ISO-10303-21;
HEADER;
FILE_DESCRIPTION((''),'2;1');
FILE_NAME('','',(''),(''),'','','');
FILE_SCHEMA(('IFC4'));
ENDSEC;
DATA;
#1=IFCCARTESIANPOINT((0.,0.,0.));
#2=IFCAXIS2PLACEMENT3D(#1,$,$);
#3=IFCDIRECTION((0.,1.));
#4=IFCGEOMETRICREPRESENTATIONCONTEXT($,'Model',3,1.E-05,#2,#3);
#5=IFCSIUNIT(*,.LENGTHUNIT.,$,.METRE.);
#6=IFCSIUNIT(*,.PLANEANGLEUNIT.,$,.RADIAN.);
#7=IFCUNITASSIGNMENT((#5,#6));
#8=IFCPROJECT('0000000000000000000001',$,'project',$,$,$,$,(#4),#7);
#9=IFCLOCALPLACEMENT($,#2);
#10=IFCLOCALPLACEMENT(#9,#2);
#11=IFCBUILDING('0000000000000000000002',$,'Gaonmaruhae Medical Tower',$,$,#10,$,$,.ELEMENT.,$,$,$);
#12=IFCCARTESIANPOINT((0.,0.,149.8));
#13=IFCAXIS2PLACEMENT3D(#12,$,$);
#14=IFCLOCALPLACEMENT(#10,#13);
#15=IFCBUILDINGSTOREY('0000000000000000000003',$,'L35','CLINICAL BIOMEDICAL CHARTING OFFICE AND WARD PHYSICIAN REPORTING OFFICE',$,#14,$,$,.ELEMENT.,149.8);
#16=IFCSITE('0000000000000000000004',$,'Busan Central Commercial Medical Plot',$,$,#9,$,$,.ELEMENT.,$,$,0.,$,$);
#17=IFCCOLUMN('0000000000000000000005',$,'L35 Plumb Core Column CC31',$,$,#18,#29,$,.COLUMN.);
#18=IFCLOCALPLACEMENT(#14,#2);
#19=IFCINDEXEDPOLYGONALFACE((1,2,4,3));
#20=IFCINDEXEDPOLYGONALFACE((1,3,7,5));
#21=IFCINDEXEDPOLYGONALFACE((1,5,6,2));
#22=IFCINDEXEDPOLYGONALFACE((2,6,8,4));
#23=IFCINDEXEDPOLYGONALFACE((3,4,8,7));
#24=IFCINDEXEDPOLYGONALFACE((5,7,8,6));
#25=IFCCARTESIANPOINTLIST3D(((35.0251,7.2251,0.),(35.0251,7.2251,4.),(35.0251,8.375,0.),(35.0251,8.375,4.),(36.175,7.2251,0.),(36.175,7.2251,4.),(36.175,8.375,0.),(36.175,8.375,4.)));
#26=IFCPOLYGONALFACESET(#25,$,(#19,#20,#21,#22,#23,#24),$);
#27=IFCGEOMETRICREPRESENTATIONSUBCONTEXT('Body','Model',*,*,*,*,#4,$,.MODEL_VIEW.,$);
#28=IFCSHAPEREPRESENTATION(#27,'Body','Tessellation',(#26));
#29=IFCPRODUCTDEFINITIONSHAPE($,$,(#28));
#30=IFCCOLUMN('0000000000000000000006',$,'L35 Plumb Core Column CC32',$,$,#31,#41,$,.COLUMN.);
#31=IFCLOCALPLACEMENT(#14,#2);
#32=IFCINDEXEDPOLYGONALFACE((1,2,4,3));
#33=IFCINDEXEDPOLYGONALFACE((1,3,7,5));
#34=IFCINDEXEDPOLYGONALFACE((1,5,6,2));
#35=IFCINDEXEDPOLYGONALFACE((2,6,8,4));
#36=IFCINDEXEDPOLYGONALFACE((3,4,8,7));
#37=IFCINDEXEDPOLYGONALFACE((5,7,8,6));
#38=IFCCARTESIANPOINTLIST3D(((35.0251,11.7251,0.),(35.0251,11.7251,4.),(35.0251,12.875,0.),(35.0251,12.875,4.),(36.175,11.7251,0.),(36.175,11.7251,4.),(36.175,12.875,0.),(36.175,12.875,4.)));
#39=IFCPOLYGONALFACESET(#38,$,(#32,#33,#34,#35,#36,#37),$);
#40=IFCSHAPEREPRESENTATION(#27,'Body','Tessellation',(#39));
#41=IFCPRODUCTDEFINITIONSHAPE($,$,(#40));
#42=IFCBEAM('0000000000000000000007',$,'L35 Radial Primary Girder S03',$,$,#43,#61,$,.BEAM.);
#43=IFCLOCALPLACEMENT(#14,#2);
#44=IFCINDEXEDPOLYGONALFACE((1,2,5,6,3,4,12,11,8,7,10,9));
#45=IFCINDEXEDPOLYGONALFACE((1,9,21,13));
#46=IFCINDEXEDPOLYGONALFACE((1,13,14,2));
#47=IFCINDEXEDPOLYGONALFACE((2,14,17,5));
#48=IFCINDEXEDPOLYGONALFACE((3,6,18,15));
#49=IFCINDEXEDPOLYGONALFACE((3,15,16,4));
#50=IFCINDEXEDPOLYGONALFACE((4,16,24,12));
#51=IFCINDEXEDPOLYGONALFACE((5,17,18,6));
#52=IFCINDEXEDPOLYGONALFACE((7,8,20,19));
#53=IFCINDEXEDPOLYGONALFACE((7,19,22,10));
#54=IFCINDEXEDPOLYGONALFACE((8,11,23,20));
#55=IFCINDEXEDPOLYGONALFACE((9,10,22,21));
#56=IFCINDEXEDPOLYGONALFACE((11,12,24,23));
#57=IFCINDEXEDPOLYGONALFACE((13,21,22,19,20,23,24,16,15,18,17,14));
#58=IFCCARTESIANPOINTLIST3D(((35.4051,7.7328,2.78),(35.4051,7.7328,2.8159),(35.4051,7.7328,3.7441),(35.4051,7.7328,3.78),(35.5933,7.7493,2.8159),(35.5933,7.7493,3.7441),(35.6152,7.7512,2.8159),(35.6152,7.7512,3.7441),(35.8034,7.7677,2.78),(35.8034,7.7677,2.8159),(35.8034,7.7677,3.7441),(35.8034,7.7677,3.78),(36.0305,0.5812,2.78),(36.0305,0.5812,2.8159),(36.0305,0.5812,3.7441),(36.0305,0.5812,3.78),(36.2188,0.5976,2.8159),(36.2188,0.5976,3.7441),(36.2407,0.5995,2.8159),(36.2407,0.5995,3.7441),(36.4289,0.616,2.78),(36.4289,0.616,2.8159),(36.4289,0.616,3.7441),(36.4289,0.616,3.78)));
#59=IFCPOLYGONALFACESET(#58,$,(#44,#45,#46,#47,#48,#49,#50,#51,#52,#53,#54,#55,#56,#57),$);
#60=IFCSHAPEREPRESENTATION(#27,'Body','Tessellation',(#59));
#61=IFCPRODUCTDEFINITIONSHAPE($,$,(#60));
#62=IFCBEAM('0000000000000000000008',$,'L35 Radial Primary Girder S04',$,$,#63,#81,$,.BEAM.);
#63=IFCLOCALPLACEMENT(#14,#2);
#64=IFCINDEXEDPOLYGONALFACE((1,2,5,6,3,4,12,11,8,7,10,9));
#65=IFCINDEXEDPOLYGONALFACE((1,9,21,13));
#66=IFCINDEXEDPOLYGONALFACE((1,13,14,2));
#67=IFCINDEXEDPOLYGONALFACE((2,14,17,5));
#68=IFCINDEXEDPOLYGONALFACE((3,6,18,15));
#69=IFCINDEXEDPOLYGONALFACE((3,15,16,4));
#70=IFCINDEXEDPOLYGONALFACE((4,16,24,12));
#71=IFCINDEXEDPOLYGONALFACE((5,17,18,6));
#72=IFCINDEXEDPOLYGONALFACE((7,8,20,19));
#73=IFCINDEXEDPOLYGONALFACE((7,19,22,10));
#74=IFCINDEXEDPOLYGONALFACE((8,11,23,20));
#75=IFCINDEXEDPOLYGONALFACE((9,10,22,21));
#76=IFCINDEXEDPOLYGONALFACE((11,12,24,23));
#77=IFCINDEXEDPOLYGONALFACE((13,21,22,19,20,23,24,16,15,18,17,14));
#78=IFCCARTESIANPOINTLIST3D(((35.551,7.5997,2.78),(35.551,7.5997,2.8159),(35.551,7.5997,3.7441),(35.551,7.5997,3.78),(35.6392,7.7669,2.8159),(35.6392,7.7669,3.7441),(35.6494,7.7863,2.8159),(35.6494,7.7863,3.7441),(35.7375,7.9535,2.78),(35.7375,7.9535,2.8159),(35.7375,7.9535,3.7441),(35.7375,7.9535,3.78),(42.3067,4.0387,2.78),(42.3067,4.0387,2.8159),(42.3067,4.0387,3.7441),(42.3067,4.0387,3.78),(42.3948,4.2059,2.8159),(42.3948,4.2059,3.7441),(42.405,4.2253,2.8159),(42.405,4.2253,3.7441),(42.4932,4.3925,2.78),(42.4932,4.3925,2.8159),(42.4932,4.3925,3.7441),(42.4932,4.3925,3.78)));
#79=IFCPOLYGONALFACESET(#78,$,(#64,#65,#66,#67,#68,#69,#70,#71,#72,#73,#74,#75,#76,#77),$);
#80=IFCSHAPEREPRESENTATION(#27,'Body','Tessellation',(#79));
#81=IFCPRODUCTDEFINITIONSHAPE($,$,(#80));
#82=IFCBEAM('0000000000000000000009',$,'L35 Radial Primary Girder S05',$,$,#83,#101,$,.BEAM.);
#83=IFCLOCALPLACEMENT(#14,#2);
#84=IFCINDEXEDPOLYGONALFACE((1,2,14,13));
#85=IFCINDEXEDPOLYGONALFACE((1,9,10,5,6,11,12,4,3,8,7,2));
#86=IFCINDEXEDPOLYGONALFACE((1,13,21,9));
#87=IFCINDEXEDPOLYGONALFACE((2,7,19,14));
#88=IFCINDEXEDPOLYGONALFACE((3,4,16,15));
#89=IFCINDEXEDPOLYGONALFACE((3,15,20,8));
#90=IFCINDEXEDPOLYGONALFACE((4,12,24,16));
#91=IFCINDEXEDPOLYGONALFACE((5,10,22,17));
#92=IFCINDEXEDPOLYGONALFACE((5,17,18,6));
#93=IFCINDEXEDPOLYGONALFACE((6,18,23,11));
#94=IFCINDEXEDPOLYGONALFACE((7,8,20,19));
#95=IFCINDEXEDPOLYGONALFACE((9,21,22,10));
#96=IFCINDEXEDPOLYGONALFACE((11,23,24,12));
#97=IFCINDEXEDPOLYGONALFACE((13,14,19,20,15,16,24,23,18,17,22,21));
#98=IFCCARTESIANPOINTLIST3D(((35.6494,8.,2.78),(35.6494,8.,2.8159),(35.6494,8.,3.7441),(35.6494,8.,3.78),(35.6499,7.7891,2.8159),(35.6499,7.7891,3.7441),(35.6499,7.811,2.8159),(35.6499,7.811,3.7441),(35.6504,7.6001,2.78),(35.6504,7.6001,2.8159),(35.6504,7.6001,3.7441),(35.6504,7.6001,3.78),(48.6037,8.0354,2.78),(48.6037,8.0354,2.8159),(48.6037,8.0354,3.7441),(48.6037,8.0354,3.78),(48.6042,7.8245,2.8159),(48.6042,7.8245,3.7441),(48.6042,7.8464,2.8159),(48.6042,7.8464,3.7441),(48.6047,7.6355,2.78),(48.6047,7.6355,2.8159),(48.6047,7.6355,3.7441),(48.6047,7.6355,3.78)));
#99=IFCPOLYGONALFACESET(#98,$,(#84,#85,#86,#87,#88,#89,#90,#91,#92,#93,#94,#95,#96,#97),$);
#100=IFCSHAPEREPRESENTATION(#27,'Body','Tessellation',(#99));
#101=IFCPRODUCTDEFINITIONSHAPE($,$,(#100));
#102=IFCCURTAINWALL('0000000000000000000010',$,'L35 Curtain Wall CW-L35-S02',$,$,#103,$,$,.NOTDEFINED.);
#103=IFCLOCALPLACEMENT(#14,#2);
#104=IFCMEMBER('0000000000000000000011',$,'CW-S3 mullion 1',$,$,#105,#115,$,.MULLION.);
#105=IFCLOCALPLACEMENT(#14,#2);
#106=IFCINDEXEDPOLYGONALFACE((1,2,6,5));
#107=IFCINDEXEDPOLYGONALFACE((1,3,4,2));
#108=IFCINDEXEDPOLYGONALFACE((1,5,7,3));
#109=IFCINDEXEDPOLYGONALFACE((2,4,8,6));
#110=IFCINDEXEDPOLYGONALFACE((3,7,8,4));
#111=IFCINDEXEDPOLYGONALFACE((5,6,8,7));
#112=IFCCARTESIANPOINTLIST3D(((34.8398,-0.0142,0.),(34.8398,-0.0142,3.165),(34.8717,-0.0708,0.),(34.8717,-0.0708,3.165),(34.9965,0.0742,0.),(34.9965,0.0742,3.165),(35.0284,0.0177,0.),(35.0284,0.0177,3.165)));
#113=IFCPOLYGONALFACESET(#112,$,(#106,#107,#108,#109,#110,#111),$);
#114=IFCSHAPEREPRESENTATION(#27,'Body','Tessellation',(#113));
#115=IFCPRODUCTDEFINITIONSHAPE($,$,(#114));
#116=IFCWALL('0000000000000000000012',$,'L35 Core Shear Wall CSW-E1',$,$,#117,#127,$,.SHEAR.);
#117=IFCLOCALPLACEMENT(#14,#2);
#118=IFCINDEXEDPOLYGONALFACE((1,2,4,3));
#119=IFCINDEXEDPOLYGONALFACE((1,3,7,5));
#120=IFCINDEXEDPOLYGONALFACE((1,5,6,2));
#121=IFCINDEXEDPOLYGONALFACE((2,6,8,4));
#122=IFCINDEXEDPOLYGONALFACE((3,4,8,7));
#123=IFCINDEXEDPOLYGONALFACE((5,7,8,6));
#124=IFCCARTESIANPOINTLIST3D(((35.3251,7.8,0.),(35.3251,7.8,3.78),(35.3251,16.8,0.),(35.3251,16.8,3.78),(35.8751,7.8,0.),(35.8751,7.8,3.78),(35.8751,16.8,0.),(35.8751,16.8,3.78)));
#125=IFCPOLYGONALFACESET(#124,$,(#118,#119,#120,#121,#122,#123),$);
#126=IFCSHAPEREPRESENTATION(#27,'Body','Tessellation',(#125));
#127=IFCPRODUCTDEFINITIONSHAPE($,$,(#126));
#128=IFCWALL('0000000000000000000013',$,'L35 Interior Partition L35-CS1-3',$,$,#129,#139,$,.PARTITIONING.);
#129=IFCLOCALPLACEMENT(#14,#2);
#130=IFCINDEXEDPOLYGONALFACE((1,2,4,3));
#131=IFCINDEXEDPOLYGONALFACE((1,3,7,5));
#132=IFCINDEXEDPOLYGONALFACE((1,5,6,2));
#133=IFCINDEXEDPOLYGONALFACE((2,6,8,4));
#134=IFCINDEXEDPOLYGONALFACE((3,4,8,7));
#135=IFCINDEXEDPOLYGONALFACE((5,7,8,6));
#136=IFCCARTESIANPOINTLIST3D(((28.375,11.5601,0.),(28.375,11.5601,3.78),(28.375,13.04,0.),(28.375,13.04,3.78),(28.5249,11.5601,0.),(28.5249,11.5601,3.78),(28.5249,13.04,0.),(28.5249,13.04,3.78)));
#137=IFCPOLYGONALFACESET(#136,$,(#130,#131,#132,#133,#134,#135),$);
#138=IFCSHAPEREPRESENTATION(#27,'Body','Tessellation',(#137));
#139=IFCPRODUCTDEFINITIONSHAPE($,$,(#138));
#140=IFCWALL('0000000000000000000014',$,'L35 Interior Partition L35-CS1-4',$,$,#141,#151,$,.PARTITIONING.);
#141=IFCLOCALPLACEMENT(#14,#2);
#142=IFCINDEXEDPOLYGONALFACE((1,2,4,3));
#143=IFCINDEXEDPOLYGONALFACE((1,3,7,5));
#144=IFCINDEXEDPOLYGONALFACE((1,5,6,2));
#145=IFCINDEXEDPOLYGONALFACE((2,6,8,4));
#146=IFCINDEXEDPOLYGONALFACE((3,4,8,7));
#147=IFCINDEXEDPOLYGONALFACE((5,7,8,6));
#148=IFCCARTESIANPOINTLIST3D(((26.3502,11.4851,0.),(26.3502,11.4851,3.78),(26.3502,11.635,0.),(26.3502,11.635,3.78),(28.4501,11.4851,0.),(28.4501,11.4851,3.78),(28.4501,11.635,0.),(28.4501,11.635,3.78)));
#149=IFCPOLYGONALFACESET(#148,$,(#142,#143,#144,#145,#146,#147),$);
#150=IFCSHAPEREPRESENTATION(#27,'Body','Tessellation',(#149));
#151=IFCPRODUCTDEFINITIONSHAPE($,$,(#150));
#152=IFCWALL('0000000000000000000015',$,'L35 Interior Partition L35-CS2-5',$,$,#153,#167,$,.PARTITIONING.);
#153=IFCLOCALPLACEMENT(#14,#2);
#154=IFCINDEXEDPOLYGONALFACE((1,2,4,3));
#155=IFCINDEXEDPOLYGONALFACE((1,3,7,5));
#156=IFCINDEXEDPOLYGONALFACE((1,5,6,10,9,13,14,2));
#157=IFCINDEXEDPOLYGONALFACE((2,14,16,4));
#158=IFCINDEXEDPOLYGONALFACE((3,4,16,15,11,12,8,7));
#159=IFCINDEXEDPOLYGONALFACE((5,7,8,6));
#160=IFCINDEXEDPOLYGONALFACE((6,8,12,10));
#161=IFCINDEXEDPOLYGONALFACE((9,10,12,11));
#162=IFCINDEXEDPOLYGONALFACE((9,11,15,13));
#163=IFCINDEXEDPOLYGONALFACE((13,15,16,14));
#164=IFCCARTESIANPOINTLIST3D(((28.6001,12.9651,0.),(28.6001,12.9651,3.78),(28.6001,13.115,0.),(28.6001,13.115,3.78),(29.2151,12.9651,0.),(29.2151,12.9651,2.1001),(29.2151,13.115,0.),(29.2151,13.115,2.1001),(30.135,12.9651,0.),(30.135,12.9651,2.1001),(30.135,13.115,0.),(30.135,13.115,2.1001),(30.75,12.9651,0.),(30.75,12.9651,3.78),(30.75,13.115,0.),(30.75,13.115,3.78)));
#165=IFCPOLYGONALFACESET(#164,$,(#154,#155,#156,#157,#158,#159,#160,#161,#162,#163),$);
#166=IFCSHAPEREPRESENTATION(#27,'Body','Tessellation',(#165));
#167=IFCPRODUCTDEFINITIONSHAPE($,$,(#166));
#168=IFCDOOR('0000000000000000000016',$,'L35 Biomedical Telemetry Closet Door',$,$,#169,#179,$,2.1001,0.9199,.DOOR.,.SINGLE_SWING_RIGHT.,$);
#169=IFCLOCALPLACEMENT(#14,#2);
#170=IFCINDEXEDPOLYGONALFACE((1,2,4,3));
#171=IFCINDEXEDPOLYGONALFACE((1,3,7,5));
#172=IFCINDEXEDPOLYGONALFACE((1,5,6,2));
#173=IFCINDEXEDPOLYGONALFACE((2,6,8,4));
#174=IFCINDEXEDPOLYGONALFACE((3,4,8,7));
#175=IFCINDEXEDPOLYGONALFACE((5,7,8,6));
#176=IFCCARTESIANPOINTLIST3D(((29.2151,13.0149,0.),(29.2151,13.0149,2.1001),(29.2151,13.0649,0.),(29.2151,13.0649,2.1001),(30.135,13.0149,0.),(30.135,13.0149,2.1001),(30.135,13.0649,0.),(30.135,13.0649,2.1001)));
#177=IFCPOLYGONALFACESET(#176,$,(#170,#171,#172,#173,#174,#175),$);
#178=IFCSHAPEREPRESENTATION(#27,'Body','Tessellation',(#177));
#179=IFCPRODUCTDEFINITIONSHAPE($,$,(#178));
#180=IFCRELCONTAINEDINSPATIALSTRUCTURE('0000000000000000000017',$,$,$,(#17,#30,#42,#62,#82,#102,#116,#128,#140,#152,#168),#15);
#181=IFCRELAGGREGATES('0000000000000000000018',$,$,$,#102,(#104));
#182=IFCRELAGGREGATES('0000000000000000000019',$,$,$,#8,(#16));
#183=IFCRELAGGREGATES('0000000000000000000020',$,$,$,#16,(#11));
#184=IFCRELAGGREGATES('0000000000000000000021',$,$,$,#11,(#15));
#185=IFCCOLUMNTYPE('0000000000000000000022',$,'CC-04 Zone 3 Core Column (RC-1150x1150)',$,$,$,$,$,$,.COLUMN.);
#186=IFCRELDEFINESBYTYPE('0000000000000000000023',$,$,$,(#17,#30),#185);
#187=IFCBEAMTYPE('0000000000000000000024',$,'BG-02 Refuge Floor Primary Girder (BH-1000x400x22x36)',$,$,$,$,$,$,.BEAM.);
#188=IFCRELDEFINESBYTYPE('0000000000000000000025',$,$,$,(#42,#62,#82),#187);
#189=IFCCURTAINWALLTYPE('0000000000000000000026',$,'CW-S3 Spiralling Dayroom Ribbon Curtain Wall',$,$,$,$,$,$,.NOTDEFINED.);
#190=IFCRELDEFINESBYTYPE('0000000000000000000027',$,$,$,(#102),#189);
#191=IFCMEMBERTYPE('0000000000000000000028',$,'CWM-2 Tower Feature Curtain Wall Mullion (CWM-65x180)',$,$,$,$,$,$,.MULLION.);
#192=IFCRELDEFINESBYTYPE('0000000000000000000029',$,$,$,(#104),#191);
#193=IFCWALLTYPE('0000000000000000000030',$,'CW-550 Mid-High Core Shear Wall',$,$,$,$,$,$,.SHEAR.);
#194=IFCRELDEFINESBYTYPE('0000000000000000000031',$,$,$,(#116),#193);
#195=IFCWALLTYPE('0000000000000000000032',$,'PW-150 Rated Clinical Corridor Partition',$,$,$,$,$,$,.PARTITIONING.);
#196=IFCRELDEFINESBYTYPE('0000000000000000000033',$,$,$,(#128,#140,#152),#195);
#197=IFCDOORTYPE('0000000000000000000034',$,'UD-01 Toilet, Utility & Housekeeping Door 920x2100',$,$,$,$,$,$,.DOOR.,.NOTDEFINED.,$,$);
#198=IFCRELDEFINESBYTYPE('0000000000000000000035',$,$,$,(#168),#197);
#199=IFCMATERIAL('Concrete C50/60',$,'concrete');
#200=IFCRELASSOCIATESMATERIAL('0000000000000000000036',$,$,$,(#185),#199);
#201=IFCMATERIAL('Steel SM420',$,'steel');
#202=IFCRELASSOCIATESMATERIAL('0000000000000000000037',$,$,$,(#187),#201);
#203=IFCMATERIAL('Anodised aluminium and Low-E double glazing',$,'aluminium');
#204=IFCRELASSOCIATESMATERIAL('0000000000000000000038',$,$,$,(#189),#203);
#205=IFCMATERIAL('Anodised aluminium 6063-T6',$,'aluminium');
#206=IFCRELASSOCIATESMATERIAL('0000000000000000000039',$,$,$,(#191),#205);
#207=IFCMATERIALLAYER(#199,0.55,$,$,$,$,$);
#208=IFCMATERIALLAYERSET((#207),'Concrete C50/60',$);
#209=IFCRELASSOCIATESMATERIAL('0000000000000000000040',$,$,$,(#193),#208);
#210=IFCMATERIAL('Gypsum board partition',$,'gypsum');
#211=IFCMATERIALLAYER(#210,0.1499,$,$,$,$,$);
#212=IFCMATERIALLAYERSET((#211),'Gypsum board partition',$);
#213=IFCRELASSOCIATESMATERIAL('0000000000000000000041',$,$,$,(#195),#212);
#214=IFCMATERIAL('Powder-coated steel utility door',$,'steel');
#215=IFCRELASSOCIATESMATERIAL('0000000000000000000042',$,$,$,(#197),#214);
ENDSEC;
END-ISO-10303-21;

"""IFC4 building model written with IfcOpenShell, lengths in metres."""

from ifc_helpers import new_model, si_unit, direction, frame, frame_2d, origin, origin_2d, place, context, subcontext, project, spatial, rectangle, i_section, extrude, material, layer, layer_set, material_profile, profile_set, type_object, element, fill, aggregate, save


model = new_model("IFC4")

# Units and contexts
model_context = context("Model", 3, precision=1e-05, world=origin(), true_north=direction((0.0, 1.0)))
body_context = subcontext(model_context, "Body", "Model", "MODEL_VIEW")
ifc_project = project(units=[si_unit("LENGTHUNIT", "METRE"), si_unit("PLANEANGLEUNIT", "RADIAN")], contexts=[model_context])

# Site, building, storey
site_placement = place(None, origin())
site = spatial("IfcSite", under=ifc_project, at=site_placement, Name="Busan Central Commercial Medical Plot", CompositionType="ELEMENT", RefElevation=0.0)
building_placement = place(site_placement, origin())
building = spatial("IfcBuilding", under=site, at=building_placement, Name="Gaonmaruhae Medical Tower", CompositionType="ELEMENT")
storey_placement = place(building_placement, frame((0.0, 0.0, 149.8)))
storey = spatial("IfcBuildingStorey", under=building, at=storey_placement, Name="L35", Description="CLINICAL BIOMEDICAL CHARTING OFFICE AND WARD PHYSICIAN REPORTING OFFICE", CompositionType="ELEMENT", Elevation=149.8)

# Columns
ifc_material_1 = material(Name="Concrete C50/60", Category="concrete")
ifc_material_profile_1 = material_profile(ifc_material_1, rectangle(XDim=1.1499, YDim=1.1499, at=origin_2d()), Name="RC-1150x1150")
ifc_profile_set_1 = profile_set([ifc_material_profile_1], Name="Concrete C50/60")
column_type = type_object("IfcColumnType", Name="CC-04 Zone 3 Core Column (RC-1150x1150)", PredefinedType="COLUMN", material=ifc_profile_set_1)
for number, where, z_axis, x_axis, name in (
    (1, (35.6001, 7.8, 0.0), (0.0, 0.0, 1.0), (1.0, 0.0, 0.0), "L35 Plumb Core Column CC31"),
    (2, (35.6001, 12.3, 0.0), (0.0, 0.0, 1.0), (1.0, 0.0, 0.0), "L35 Plumb Core Column CC32"),
):
    element("IfcColumn", number, at=place(storey_placement, frame(where, z_axis=z_axis, x_axis=x_axis)), inside=storey, type_object=column_type, Name=name, PredefinedType="COLUMN", context=body_context, shape_type="SweptSolid", body=[
        extrude(rectangle(XDim=1.1499, YDim=1.1499, at=origin_2d()), origin(), (0.0, 0.0, 1.0), 4.0),
    ])

# Beams
ifc_material_2 = material(Name="Steel SM420", Category="steel")
ifc_material_profile_2 = material_profile(ifc_material_2, i_section(OverallWidth=0.3999, OverallDepth=1.0, WebThickness=0.022, FlangeThickness=0.0359, at=origin_2d()), Name="BH-1000x400x22x36")
ifc_profile_set_2 = profile_set([ifc_material_profile_2], Name="Steel SM420")
beam_type = type_object("IfcBeamType", Name="BG-02 Refuge Floor Primary Girder (BH-1000x400x22x36)", PredefinedType="BEAM", material=ifc_profile_set_2)
beam_1_placement = place(storey_placement, frame((35.6042, 7.7502, 3.28), z_axis=(0.087129, -0.996197, 0.0), x_axis=(0.996197, 0.087129, 0.0)))
element("IfcBeam", 3, at=beam_1_placement, inside=storey, type_object=beam_type, Name="L35 Radial Primary Girder S03", PredefinedType="BEAM", context=body_context, shape_type="SweptSolid", body=[
    extrude(i_section(OverallWidth=0.3999, OverallDepth=1.0, WebThickness=0.022, FlangeThickness=0.0359, at=origin_2d()), origin(), (0.0, 0.0, 1.0), 7.179),
])
beam_2_placement = place(storey_placement, frame((35.6443, 7.7766, 3.28), z_axis=(0.884624, -0.466305, 0.0), x_axis=(0.466305, 0.884624, 0.0)))
element("IfcBeam", 4, at=beam_2_placement, inside=storey, type_object=beam_type, Name="L35 Radial Primary Girder S04", PredefinedType="BEAM", context=body_context, shape_type="SweptSolid", body=[
    extrude(i_section(OverallWidth=0.3999, OverallDepth=1.0, WebThickness=0.022, FlangeThickness=0.0359, at=origin_2d()), origin(), (0.0, 0.0, 1.0), 7.6367),
])
beam_3_placement = place(storey_placement, frame((35.6499, 7.8, 3.28), z_axis=(0.999996, 0.002733, 0.0), x_axis=(-0.002733, 0.999996, 0.0)))
element("IfcBeam", 5, at=beam_3_placement, inside=storey, type_object=beam_type, Name="L35 Radial Primary Girder S05", PredefinedType="BEAM", context=body_context, shape_type="SweptSolid", body=[
    extrude(i_section(OverallWidth=0.3999, OverallDepth=1.0, WebThickness=0.022, FlangeThickness=0.0359, at=origin_2d()), origin(), (0.0, 0.0, 1.0), 12.9543),
])

# Curtain wall, member
ifc_material_3 = material(Name="Anodised aluminium and Low-E double glazing", Category="aluminium")
curtain_wall_type = type_object("IfcCurtainWallType", Name="CW-S3 Spiralling Dayroom Ribbon Curtain Wall", PredefinedType="NOTDEFINED", material=ifc_material_3)
curtain_wall_placement = place(storey_placement, origin())
curtain_wall = element("IfcCurtainWall", 6, at=curtain_wall_placement, inside=storey, type_object=curtain_wall_type, Name="L35 Curtain Wall CW-L35-S02", PredefinedType="NOTDEFINED")
ifc_material_4 = material(Name="Anodised aluminium 6063-T6", Category="aluminium")
ifc_material_profile_3 = material_profile(ifc_material_4, rectangle(XDim=0.0649, YDim=0.1799, at=origin_2d()), Name="CWM-65x180")
ifc_profile_set_3 = profile_set([ifc_material_profile_3], Name="Anodised aluminium 6063-T6")
member_type = type_object("IfcMemberType", Name="CWM-2 Tower Feature Curtain Wall Mullion (CWM-65x180)", PredefinedType="MULLION", material=ifc_profile_set_3)
member_placement = place(storey_placement, frame((34.9341, 0.0017, 0.0), z_axis=(0.0, 0.0, 1.0), x_axis=(0.491663, -0.870786, 0.0)))
member = element("IfcMember", 7, at=member_placement, type_object=member_type, Name="CW-S3 mullion 1", PredefinedType="MULLION", context=body_context, shape_type="SweptSolid", body=[
    extrude(rectangle(XDim=0.0649, YDim=0.1799, at=origin_2d()), origin(), (0.0, 0.0, 1.0), 3.165),
])
aggregate(curtain_wall, [member])

# Walls
ifc_layer_1 = layer(ifc_material_1, 0.55)
ifc_layer_set_1 = layer_set([ifc_layer_1], Name="Concrete C50/60")
wall_type_1 = type_object("IfcWallType", Name="CW-550 Mid-High Core Shear Wall", PredefinedType="SHEAR", material=ifc_layer_set_1)
wall_1_placement = place(storey_placement, frame((35.6001, 7.8, 0.0), z_axis=(0.0, 0.0, 1.0), x_axis=(0.0, 1.0, 0.0)))
element("IfcWall", 8, at=wall_1_placement, inside=storey, type_object=wall_type_1, Name="L35 Core Shear Wall CSW-E1", PredefinedType="SHEAR", context=body_context, shape_type="SweptSolid", body=[
    extrude(rectangle(XDim=9.0, YDim=0.55, at=frame_2d((4.5, 0.0))), origin(), (0.0, 0.0, 1.0), 3.78),
])
ifc_material_5 = material(Name="Gypsum board partition", Category="gypsum")
ifc_layer_2 = layer(ifc_material_5, 0.1499)
ifc_layer_set_2 = layer_set([ifc_layer_2], Name="Gypsum board partition")
wall_type_2 = type_object("IfcWallType", Name="PW-150 Rated Clinical Corridor Partition", PredefinedType="PARTITIONING", material=ifc_layer_set_2)
wall_2_placement = place(storey_placement, frame((28.45, 13.04, 0.0), z_axis=(0.0, 0.0, 1.0), x_axis=(0.0, -1.0, 0.0)))
element("IfcWall", 9, at=wall_2_placement, inside=storey, type_object=wall_type_2, Name="L35 Interior Partition L35-CS1-3", PredefinedType="PARTITIONING", context=body_context, shape_type="SweptSolid", body=[
    extrude(rectangle(XDim=1.48, YDim=0.1499, at=frame_2d((0.74, 0.0))), origin(), (0.0, 0.0, 1.0), 3.78),
])
wall_3_placement = place(storey_placement, frame((28.45, 11.5601, 0.0), z_axis=(0.0, 0.0, 1.0), x_axis=(-1.0, 0.0, 0.0)))
element("IfcWall", 10, at=wall_3_placement, inside=storey, type_object=wall_type_2, Name="L35 Interior Partition L35-CS1-4", PredefinedType="PARTITIONING", context=body_context, shape_type="SweptSolid", body=[
    extrude(rectangle(XDim=2.0999, YDim=0.1499, at=frame_2d((1.0498, 0.0))), origin(), (0.0, 0.0, 1.0), 3.78),
])

# Wall, opening, door
wall_4_placement = place(storey_placement, frame((28.6001, 13.04, 0.0), z_axis=(0.0, 0.0, 1.0), x_axis=(1.0, 0.0, 0.0)))
wall_4 = element("IfcWall", 11, at=wall_4_placement, inside=storey, type_object=wall_type_2, Name="L35 Interior Partition L35-CS2-5", PredefinedType="PARTITIONING", context=body_context, shape_type="SweptSolid", body=[
    extrude(rectangle(XDim=2.1499, YDim=0.1499, at=frame_2d((1.075, 0.0))), origin(), (0.0, 0.0, 1.0), 3.78),
])
opening_1_placement = place(wall_4_placement, frame((0.615, 0.0, 0.0)))
opening_1 = element("IfcOpeningElement", 12, at=opening_1_placement, cuts=wall_4, PredefinedType="OPENING", context=body_context, shape_type="SweptSolid", body=[
    extrude(rectangle(XDim=0.9199, YDim=2.1001, at=frame_2d((0.46, 1.05))), frame((0.0, 0.085, 0.0), z_axis=(0.0, -1.0, 0.0), x_axis=(1.0, 0.0, 0.0)), (0.0, 0.0, 1.0), 0.1699),
])
ifc_material_6 = material(Name="Powder-coated steel utility door", Category="steel")
door_type_1 = type_object("IfcDoorType", Name="UD-01 Toilet, Utility & Housekeeping Door 920x2100", OperationType="NOTDEFINED", PredefinedType="DOOR", material=ifc_material_6)
door_1_placement = place(opening_1_placement, origin())
door_1 = element("IfcDoor", 13, at=door_1_placement, inside=storey, type_object=door_type_1, Name="L35 Biomedical Telemetry Closet Door", OperationType="SINGLE_SWING_RIGHT", OverallHeight=2.1001, OverallWidth=0.9199, PredefinedType="DOOR", context=body_context, shape_type="SweptSolid", body=[
    extrude(rectangle(XDim=0.9199, YDim=2.1001, at=frame_2d((0.46, 1.05))), frame((0.0, 0.0249, 0.0), z_axis=(0.0, -1.0, 0.0), x_axis=(1.0, 0.0, 0.0)), (0.0, 0.0, 1.0), 0.05),
])
fill(opening_1, door_1)

save(model, "model.ifc")
